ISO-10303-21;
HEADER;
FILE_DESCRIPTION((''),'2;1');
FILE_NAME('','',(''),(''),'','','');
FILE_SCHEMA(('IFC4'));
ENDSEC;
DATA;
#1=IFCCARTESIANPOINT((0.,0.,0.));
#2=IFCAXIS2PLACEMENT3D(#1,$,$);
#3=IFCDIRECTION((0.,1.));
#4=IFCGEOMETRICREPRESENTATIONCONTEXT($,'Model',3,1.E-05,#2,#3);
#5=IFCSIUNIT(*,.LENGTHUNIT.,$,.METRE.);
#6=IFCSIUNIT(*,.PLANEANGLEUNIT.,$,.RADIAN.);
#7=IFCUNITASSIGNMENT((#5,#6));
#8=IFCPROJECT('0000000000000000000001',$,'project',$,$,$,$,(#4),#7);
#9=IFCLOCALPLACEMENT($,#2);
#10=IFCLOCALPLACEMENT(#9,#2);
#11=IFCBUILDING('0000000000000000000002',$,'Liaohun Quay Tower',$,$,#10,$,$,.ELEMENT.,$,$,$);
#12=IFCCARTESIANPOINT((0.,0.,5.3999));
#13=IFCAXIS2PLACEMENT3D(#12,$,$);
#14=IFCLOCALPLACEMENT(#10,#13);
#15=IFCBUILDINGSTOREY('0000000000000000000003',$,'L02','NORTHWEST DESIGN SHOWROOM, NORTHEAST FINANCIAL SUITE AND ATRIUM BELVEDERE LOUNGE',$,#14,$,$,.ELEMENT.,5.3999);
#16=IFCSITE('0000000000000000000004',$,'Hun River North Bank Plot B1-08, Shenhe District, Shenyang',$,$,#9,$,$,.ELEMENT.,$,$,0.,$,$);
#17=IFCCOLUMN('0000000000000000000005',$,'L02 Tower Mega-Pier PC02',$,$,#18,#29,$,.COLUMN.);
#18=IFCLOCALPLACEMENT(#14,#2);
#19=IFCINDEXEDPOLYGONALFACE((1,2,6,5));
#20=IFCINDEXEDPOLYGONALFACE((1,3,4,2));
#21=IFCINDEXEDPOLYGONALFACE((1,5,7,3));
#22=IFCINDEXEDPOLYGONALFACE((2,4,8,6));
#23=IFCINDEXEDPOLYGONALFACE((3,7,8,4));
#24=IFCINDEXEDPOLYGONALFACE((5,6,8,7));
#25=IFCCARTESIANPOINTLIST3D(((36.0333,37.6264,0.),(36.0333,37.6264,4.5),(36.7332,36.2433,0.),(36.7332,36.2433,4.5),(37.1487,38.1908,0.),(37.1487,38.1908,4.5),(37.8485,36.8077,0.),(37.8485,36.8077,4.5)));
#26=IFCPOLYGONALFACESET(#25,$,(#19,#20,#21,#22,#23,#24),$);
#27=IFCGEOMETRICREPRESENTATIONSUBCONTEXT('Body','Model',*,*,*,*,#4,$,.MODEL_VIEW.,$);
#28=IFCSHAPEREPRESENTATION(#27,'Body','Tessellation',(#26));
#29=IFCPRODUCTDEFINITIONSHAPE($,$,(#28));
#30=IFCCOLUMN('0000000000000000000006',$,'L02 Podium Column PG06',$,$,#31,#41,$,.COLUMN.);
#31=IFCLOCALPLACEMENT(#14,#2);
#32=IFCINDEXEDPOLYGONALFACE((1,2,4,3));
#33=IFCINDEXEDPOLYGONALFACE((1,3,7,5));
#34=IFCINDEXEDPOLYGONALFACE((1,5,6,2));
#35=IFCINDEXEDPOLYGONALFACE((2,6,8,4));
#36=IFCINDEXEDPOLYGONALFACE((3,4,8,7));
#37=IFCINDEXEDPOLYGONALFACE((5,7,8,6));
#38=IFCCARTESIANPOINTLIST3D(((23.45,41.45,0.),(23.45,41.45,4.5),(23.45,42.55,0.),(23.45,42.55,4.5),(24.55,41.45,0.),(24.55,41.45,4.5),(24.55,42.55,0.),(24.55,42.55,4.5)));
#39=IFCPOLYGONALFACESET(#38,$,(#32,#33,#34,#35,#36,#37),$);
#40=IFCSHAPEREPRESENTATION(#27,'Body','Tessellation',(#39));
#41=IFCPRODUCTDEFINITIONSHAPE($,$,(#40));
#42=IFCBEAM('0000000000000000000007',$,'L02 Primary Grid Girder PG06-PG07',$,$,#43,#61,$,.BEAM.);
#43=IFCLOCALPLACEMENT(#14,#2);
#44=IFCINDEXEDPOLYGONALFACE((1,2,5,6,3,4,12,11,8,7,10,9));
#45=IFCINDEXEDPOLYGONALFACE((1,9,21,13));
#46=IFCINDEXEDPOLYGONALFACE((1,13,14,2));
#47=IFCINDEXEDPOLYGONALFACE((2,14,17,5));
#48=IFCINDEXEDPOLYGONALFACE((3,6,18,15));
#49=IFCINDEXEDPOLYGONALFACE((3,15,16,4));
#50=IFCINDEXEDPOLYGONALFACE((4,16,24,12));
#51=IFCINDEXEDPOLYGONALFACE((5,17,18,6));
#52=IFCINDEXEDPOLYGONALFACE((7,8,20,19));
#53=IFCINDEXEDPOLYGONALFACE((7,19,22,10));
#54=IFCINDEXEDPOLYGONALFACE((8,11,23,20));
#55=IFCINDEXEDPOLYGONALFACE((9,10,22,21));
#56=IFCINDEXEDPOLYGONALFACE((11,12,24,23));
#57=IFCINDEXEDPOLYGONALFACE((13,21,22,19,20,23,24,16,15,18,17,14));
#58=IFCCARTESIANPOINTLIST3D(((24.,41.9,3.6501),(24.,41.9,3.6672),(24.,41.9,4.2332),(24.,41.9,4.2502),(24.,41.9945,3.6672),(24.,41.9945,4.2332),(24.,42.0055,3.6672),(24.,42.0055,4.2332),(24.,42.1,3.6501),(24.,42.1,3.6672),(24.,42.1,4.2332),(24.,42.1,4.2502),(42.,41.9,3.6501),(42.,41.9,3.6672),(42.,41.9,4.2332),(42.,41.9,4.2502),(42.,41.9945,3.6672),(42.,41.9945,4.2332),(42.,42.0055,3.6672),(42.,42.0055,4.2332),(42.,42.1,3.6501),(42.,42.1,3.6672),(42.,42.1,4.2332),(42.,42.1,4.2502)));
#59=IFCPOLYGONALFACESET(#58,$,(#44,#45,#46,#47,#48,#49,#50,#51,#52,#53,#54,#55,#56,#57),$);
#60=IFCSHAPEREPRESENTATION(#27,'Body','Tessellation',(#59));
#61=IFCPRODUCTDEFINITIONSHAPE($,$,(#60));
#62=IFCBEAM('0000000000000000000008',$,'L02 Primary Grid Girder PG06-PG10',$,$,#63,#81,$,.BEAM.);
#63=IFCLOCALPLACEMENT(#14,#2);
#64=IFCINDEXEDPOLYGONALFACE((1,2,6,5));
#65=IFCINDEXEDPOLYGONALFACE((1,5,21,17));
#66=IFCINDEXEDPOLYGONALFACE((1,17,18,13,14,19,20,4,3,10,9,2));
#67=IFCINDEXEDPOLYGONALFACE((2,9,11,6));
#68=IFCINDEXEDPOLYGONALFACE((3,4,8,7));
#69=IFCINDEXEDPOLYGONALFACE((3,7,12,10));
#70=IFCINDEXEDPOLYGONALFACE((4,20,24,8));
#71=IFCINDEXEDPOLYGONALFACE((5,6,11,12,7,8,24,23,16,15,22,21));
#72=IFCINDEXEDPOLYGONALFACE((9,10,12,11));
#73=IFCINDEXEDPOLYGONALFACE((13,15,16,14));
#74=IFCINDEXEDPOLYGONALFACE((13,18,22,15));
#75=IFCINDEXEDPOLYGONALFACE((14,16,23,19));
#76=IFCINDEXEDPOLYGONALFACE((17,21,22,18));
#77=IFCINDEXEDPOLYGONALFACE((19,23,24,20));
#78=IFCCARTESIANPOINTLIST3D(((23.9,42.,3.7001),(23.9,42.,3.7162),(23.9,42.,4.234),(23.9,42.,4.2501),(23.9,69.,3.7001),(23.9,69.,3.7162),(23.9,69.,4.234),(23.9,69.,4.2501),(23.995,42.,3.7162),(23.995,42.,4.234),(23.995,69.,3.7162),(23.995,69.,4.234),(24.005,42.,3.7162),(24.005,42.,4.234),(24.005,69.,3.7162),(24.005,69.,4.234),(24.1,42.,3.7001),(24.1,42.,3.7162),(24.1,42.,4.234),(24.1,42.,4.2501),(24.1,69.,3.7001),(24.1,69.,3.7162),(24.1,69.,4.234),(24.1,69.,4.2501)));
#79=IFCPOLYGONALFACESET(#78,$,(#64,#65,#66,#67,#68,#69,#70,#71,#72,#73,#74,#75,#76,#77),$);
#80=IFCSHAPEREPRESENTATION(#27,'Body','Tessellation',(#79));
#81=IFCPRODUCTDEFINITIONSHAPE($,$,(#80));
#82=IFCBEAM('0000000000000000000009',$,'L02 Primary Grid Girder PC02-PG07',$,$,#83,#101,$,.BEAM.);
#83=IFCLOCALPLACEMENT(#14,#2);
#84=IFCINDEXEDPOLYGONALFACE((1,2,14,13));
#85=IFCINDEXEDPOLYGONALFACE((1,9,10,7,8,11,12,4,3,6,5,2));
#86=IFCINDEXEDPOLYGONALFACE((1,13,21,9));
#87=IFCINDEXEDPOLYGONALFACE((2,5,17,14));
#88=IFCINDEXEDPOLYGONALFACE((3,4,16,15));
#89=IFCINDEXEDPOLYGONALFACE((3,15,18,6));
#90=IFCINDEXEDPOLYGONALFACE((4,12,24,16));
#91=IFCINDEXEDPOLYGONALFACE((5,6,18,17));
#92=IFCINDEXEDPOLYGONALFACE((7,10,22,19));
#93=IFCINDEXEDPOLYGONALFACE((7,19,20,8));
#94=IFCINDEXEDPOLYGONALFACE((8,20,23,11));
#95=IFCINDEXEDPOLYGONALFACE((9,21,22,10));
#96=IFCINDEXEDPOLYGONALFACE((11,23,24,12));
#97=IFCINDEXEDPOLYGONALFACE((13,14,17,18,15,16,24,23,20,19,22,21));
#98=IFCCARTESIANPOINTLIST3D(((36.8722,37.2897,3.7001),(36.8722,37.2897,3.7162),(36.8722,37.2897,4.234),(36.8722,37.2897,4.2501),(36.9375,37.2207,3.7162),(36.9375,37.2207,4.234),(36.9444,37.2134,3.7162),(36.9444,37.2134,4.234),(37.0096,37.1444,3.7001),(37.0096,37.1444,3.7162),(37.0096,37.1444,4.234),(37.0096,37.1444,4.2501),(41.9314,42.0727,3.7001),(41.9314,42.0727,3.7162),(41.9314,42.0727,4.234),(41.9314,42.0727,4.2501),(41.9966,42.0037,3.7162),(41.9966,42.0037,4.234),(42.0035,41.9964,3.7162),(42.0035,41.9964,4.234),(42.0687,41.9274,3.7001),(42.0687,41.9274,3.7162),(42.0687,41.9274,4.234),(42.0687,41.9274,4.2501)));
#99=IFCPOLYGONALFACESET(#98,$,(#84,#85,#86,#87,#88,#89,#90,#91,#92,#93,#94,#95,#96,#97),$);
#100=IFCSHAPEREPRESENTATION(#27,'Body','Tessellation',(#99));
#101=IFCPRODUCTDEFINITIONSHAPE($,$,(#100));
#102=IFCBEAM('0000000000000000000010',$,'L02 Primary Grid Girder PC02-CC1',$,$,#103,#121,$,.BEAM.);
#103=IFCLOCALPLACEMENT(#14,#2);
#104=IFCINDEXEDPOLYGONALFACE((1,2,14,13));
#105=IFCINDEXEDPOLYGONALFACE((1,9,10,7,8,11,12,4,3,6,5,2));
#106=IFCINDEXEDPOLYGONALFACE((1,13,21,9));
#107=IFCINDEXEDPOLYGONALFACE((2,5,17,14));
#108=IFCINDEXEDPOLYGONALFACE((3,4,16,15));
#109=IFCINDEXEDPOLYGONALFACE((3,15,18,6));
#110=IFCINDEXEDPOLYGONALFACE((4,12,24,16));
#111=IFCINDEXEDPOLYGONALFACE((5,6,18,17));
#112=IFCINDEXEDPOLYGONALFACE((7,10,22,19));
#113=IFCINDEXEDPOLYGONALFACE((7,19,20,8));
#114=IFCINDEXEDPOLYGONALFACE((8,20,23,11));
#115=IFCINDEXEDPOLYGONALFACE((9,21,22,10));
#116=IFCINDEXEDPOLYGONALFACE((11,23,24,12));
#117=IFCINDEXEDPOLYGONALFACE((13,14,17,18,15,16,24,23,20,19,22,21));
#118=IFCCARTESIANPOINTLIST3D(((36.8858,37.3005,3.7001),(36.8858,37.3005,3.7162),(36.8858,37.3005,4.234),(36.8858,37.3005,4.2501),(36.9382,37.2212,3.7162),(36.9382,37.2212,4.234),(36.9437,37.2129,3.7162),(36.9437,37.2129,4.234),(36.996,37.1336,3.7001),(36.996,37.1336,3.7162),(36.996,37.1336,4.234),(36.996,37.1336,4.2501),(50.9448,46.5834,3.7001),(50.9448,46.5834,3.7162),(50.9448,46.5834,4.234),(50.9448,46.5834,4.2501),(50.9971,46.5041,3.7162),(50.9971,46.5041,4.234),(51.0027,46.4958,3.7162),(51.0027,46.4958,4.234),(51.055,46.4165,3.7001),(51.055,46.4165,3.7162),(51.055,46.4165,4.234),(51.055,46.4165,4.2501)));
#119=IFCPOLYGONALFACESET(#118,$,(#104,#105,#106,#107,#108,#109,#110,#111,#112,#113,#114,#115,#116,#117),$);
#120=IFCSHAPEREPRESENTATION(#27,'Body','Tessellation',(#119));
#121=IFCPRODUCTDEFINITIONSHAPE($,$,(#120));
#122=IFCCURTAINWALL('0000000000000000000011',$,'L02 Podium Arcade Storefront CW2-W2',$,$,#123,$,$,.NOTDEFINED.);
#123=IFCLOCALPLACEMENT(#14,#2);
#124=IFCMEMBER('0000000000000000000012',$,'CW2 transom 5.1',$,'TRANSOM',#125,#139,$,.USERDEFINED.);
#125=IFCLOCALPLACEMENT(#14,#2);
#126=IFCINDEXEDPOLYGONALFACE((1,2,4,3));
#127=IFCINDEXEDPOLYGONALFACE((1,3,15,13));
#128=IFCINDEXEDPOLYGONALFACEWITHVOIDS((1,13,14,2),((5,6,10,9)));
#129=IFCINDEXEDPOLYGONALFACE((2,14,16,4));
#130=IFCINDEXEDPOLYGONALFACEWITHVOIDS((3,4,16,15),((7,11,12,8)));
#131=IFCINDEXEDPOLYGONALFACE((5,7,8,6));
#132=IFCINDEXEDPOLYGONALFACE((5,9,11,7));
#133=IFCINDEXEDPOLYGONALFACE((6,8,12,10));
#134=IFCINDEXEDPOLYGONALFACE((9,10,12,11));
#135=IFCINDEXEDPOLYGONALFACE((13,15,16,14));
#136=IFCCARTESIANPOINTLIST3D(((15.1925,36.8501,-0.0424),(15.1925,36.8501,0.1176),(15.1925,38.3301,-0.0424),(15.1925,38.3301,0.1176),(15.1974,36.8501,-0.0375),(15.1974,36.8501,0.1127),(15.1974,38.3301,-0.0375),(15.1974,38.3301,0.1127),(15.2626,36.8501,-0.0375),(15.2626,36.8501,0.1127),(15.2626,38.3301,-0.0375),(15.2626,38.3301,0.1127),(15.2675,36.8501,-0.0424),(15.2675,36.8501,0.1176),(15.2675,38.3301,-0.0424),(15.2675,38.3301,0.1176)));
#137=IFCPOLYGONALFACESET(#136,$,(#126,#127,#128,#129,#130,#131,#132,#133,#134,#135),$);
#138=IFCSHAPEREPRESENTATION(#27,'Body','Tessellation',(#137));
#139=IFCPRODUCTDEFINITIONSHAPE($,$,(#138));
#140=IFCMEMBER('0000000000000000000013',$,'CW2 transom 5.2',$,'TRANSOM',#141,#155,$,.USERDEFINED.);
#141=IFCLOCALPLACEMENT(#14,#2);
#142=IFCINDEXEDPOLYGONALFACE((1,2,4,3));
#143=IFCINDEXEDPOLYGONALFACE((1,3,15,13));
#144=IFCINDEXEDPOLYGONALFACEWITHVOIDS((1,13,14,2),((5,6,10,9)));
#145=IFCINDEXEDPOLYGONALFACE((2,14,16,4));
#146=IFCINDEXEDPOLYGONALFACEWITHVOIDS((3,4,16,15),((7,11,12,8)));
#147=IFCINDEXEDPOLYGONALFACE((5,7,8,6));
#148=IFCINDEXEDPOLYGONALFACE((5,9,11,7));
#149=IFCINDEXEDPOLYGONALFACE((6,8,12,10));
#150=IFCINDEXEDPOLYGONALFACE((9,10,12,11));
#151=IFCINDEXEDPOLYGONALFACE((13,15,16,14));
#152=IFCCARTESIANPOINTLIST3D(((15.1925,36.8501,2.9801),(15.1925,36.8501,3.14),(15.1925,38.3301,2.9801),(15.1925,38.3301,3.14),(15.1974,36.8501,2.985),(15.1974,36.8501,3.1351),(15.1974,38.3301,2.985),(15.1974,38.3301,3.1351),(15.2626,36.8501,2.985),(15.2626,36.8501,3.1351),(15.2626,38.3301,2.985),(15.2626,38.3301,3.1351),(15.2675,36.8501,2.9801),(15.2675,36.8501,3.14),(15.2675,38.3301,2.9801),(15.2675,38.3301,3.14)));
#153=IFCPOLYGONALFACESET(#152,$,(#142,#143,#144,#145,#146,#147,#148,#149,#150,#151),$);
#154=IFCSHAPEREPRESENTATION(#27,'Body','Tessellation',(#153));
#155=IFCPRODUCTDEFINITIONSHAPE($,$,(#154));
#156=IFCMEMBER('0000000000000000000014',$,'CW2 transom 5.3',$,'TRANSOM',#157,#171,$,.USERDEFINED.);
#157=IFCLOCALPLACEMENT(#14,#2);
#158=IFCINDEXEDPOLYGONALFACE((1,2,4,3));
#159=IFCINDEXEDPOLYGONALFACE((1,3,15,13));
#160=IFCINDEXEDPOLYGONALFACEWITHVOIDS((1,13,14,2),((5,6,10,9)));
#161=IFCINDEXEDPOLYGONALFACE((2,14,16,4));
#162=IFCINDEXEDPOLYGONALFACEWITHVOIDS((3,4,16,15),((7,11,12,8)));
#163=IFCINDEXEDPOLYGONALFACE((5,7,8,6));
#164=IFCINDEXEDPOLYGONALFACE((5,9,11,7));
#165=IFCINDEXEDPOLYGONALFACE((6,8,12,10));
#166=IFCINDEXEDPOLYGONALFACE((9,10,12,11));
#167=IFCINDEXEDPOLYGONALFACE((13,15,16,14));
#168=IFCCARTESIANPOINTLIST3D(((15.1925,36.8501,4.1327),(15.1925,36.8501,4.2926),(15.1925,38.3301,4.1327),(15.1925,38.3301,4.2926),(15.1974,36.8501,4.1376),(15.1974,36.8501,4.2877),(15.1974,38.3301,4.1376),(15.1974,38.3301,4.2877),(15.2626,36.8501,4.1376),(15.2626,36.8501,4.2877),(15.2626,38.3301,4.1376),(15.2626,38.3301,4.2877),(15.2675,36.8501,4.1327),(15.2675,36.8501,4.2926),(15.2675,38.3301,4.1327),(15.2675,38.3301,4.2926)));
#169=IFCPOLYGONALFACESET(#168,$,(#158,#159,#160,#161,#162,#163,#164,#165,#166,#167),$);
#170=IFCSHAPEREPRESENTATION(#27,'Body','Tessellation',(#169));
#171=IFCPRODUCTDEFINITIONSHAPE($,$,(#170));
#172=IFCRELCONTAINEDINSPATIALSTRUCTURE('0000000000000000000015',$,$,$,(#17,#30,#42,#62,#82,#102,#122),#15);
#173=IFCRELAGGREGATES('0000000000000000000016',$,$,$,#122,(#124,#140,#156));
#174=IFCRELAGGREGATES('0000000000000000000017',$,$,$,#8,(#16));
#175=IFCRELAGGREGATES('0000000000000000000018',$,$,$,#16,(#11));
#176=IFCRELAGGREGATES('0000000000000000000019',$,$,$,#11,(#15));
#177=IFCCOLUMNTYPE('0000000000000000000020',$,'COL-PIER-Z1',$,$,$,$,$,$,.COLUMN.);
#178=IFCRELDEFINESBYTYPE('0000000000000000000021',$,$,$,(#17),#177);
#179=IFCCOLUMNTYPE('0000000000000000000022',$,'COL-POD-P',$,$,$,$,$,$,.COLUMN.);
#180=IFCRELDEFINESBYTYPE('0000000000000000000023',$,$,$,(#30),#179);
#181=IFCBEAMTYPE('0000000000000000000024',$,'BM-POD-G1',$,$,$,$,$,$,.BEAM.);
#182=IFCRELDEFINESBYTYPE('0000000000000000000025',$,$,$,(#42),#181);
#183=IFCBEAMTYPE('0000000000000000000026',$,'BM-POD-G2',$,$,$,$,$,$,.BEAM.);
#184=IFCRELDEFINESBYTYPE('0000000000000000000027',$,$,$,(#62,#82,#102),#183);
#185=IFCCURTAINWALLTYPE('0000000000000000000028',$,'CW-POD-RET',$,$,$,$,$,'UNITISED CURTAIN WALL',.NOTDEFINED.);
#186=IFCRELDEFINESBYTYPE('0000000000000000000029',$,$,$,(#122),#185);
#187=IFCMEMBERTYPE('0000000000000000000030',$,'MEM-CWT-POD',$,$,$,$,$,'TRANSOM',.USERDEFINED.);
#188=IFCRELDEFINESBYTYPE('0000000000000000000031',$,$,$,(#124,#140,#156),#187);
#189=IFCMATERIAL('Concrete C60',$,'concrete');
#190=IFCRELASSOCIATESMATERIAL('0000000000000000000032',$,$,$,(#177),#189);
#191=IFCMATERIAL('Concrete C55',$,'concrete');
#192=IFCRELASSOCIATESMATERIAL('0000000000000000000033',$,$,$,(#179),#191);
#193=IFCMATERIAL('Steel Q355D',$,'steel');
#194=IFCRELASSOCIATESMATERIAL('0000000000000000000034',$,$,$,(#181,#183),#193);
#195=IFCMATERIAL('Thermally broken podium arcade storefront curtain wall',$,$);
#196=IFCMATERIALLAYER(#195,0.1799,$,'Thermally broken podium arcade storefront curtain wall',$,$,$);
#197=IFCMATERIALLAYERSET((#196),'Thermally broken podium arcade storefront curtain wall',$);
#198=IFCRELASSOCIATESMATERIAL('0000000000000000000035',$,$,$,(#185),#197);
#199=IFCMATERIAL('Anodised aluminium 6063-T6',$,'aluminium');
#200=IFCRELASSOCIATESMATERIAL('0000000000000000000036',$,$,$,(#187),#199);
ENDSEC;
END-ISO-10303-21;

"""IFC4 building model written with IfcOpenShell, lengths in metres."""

from ifc_helpers import new_model, si_unit, direction, frame, origin, origin_2d, place, context, subcontext, project, spatial, rectangle, hollow_rectangle, i_section, extrude, source, transform, mapped, material, layer, layer_set, material_profile, profile_set, type_object, element, aggregate, save


model = new_model("IFC4")

# Units and contexts
model_context = context("Model", 3, precision=1e-05, world=origin(), true_north=direction((0.0, 1.0)))
body_context = subcontext(model_context, "Body", "Model", "MODEL_VIEW")
ifc_project = project(units=[si_unit("LENGTHUNIT", "METRE"), si_unit("PLANEANGLEUNIT", "RADIAN")], contexts=[model_context])

# Site, building, storey
site_placement = place(None, origin())
site = spatial("IfcSite", under=ifc_project, at=site_placement, Name="Hun River North Bank Plot B1-08, Shenhe District, Shenyang", CompositionType="ELEMENT", RefElevation=0.0)
building_placement = place(site_placement, origin())
building = spatial("IfcBuilding", under=site, at=building_placement, Name="Liaohun Quay Tower", CompositionType="ELEMENT")
storey_placement = place(building_placement, frame((0.0, 0.0, 5.3999)))
storey = spatial("IfcBuildingStorey", under=building, at=storey_placement, Name="L02", Description="NORTHWEST DESIGN SHOWROOM, NORTHEAST FINANCIAL SUITE AND ATRIUM BELVEDERE LOUNGE", CompositionType="ELEMENT", Elevation=5.3999)

# Columns
ifc_material_1 = material(Name="Concrete C60", Category="concrete")
ifc_material_profile_1 = material_profile(ifc_material_1, rectangle(XDim=1.55, YDim=1.25, at=origin_2d()), Name="RC1550x1250")
ifc_profile_set_1 = profile_set([ifc_material_profile_1], Name="Concrete C60")
column_type_1 = type_object("IfcColumnType", Name="COL-PIER-Z1", PredefinedType="COLUMN", material=ifc_profile_set_1)
shared_shape_1 = source(origin(), body_context, "Body", "SweptSolid", [
    extrude(rectangle(XDim=1.55, YDim=1.25, at=origin_2d()), origin(), (0.0, 0.0, 1.0), 4.5),
])
column_1_placement = place(storey_placement, frame((36.9409, 37.217, 0.0), z_axis=(0.0, 0.0, 1.0), x_axis=(-0.451501, 0.892271, 0.0)))
element("IfcColumn", 1, at=column_1_placement, inside=storey, type_object=column_type_1, Name="L02 Tower Mega-Pier PC02", PredefinedType="COLUMN", context=body_context, shape_type="MappedRepresentation", body=[
    mapped(shared_shape_1, transform((0.0, 0.0, 0.0), x_axis=(1.0, 0.0, 0.0), y_axis=(0.0, 1.0, 0.0), z_axis=(0.0, 0.0, 1.0), scale=1.0)),
])
ifc_material_2 = material(Name="Concrete C55", Category="concrete")
ifc_material_profile_2 = material_profile(ifc_material_2, rectangle(XDim=1.1001, YDim=1.1001, at=origin_2d()), Name="RC1100x1100")
ifc_profile_set_2 = profile_set([ifc_material_profile_2], Name="Concrete C55")
column_type_2 = type_object("IfcColumnType", Name="COL-POD-P", PredefinedType="COLUMN", material=ifc_profile_set_2)
shared_shape_2 = source(origin(), body_context, "Body", "SweptSolid", [
    extrude(rectangle(XDim=1.1001, YDim=1.1001, at=origin_2d()), origin(), (0.0, 0.0, 1.0), 4.5),
])
column_2_placement = place(storey_placement, frame((24.0, 42.0, 0.0), z_axis=(0.0, 0.0, 1.0), x_axis=(1.0, 0.0, 0.0)))
element("IfcColumn", 2, at=column_2_placement, inside=storey, type_object=column_type_2, Name="L02 Podium Column PG06", PredefinedType="COLUMN", context=body_context, shape_type="MappedRepresentation", body=[
    mapped(shared_shape_2, transform((0.0, 0.0, 0.0), x_axis=(1.0, 0.0, 0.0), y_axis=(0.0, 1.0, 0.0), z_axis=(0.0, 0.0, 1.0), scale=1.0)),
])

# Beams
ifc_material_3 = material(Name="Steel Q355D", Category="steel")
ifc_material_profile_3 = material_profile(ifc_material_3, i_section(OverallWidth=0.2, OverallDepth=0.6001, WebThickness=0.011, FlangeThickness=0.0171, at=origin_2d()), Name="HN600x200x11x17")
ifc_profile_set_3 = profile_set([ifc_material_profile_3], Name="Steel Q355D")
beam_type_1 = type_object("IfcBeamType", Name="BM-POD-G1", PredefinedType="BEAM", material=ifc_profile_set_3)
shared_shape_3 = source(origin(), body_context, "Body", "SweptSolid", [
    extrude(i_section(OverallWidth=0.2, OverallDepth=0.6001, WebThickness=0.011, FlangeThickness=0.0171, at=origin_2d()), origin(), (0.0, 0.0, 1.0), 18.0),
])
beam_1_placement = place(storey_placement, frame((24.0, 42.0, 3.9502), z_axis=(1.0, 0.0, 0.0), x_axis=(0.0, 1.0, 0.0)))
element("IfcBeam", 3, at=beam_1_placement, inside=storey, type_object=beam_type_1, Name="L02 Primary Grid Girder PG06-PG07", PredefinedType="BEAM", context=body_context, shape_type="MappedRepresentation", body=[
    mapped(shared_shape_3, transform((0.0, 0.0, 0.0), x_axis=(1.0, 0.0, 0.0), y_axis=(0.0, 1.0, 0.0), z_axis=(0.0, 0.0, 1.0), scale=1.0)),
])
ifc_material_profile_4 = material_profile(ifc_material_3, i_section(OverallWidth=0.2, OverallDepth=0.55, WebThickness=0.01, FlangeThickness=0.0161, at=origin_2d()), Name="HN550x200x10x16")
ifc_profile_set_4 = profile_set([ifc_material_profile_4], Name="Steel Q355D")
beam_type_2 = type_object("IfcBeamType", Name="BM-POD-G2", PredefinedType="BEAM", material=ifc_profile_set_4)
shared_shape_4 = source(origin(), body_context, "Body", "SweptSolid", [
    extrude(i_section(OverallWidth=0.2, OverallDepth=0.55, WebThickness=0.01, FlangeThickness=0.0161, at=origin_2d()), origin(), (0.0, 0.0, 1.0), 27.0),
])
beam_2_placement = place(storey_placement, frame((24.0, 42.0, 3.9751), z_axis=(0.0, 1.0, 0.0), x_axis=(-1.0, 0.0, 0.0)))
element("IfcBeam", 4, at=beam_2_placement, inside=storey, type_object=beam_type_2, Name="L02 Primary Grid Girder PG06-PG10", PredefinedType="BEAM", context=body_context, shape_type="MappedRepresentation", body=[
    mapped(shared_shape_4, transform((0.0, 0.0, 0.0), x_axis=(1.0, 0.0, 0.0), y_axis=(0.0, 1.0, 0.0), z_axis=(0.0, 0.0, 1.0), scale=1.0)),
])
shared_shape_5 = source(origin(), body_context, "Body", "SweptSolid", [
    extrude(i_section(OverallWidth=0.2, OverallDepth=0.55, WebThickness=0.01, FlangeThickness=0.0161, at=origin_2d()), origin(), (0.0, 0.0, 1.0), 6.9622),
])
beam_3_placement = place(storey_placement, frame((36.9409, 37.217, 3.9751), z_axis=(0.726659, 0.686998, 0.0), x_axis=(-0.686998, 0.726659, 0.0)))
element("IfcBeam", 5, at=beam_3_placement, inside=storey, type_object=beam_type_2, Name="L02 Primary Grid Girder PC02-PG07", PredefinedType="BEAM", context=body_context, shape_type="MappedRepresentation", body=[
    mapped(shared_shape_5, transform((0.0, 0.0, 0.0), x_axis=(1.0, 0.0, 0.0), y_axis=(0.0, 1.0, 0.0), z_axis=(0.0, 0.0, 1.0), scale=1.0)),
])
shared_shape_6 = source(origin(), body_context, "Body", "SweptSolid", [
    extrude(i_section(OverallWidth=0.2, OverallDepth=0.55, WebThickness=0.01, FlangeThickness=0.0161, at=origin_2d()), origin(), (0.0, 0.0, 1.0), 16.8472),
])
beam_4_placement = place(storey_placement, frame((36.9409, 37.217, 3.9751), z_axis=(0.834501, 0.551006, 0.0), x_axis=(-0.551006, 0.834501, 0.0)))
element("IfcBeam", 6, at=beam_4_placement, inside=storey, type_object=beam_type_2, Name="L02 Primary Grid Girder PC02-CC1", PredefinedType="BEAM", context=body_context, shape_type="MappedRepresentation", body=[
    mapped(shared_shape_6, transform((0.0, 0.0, 0.0), x_axis=(1.0, 0.0, 0.0), y_axis=(0.0, 1.0, 0.0), z_axis=(0.0, 0.0, 1.0), scale=1.0)),
])

# Curtain wall, members
ifc_material_4 = material(Name="Thermally broken podium arcade storefront curtain wall")
ifc_layer_1 = layer(ifc_material_4, 0.1799, Name="Thermally broken podium arcade storefront curtain wall")
ifc_layer_set_1 = layer_set([ifc_layer_1], Name="Thermally broken podium arcade storefront curtain wall")
curtain_wall_type = type_object("IfcCurtainWallType", Name="CW-POD-RET", ElementType="UNITISED CURTAIN WALL", PredefinedType="NOTDEFINED", material=ifc_layer_set_1)
curtain_wall_placement = place(storey_placement, origin())
curtain_wall = element("IfcCurtainWall", 7, at=curtain_wall_placement, inside=storey, type_object=curtain_wall_type, Name="L02 Podium Arcade Storefront CW2-W2", PredefinedType="NOTDEFINED")
ifc_material_5 = material(Name="Anodised aluminium 6063-T6", Category="aluminium")
ifc_material_profile_5 = material_profile(ifc_material_5, hollow_rectangle(XDim=0.075, YDim=0.1599, WallThickness=0.0049, at=origin_2d()), Name="RHS160x75x5")
ifc_profile_set_5 = profile_set([ifc_material_profile_5], Name="Anodised aluminium 6063-T6")
member_type_1 = type_object("IfcMemberType", Name="MEM-CWT-POD", ElementType="TRANSOM", PredefinedType="USERDEFINED", material=ifc_profile_set_5)
shared_shape_7 = source(origin(), body_context, "Body", "SweptSolid", [
    extrude(hollow_rectangle(XDim=0.075, YDim=0.1599, WallThickness=0.0049, at=origin_2d()), origin(), (0.0, 0.0, 1.0), 1.48),
])
member_1_placement = place(storey_placement, frame((15.23, 38.3301, 0.0376), z_axis=(0.0, -1.0, 0.0), x_axis=(1.0, 0.0, 0.0)))
member_1 = element("IfcMember", 8, at=member_1_placement, type_object=member_type_1, Name="CW2 transom 5.1", ObjectType="TRANSOM", PredefinedType="USERDEFINED", context=body_context, shape_type="MappedRepresentation", body=[
    mapped(shared_shape_7, transform((0.0, 0.0, 0.0), x_axis=(1.0, 0.0, 0.0), y_axis=(0.0, 1.0, 0.0), z_axis=(0.0, 0.0, 1.0), scale=1.0)),
])
member_2_placement = place(storey_placement, frame((15.23, 38.3301, 3.0601), z_axis=(0.0, -1.0, 0.0), x_axis=(1.0, 0.0, 0.0)))
member_2 = element("IfcMember", 9, at=member_2_placement, type_object=member_type_1, Name="CW2 transom 5.2", ObjectType="TRANSOM", PredefinedType="USERDEFINED", context=body_context, shape_type="MappedRepresentation", body=[
    mapped(shared_shape_7, transform((0.0, 0.0, 0.0), x_axis=(1.0, 0.0, 0.0), y_axis=(0.0, 1.0, 0.0), z_axis=(0.0, 0.0, 1.0), scale=1.0)),
])
member_3_placement = place(storey_placement, frame((15.23, 38.3301, 4.2126), z_axis=(0.0, -1.0, 0.0), x_axis=(1.0, 0.0, 0.0)))
member_3 = element("IfcMember", 10, at=member_3_placement, type_object=member_type_1, Name="CW2 transom 5.3", ObjectType="TRANSOM", PredefinedType="USERDEFINED", context=body_context, shape_type="MappedRepresentation", body=[
    mapped(shared_shape_7, transform((0.0, 0.0, 0.0), x_axis=(1.0, 0.0, 0.0), y_axis=(0.0, 1.0, 0.0), z_axis=(0.0, 0.0, 1.0), scale=1.0)),
])
aggregate(curtain_wall, [member_1, member_2, member_3])

save(model, "model.ifc")
